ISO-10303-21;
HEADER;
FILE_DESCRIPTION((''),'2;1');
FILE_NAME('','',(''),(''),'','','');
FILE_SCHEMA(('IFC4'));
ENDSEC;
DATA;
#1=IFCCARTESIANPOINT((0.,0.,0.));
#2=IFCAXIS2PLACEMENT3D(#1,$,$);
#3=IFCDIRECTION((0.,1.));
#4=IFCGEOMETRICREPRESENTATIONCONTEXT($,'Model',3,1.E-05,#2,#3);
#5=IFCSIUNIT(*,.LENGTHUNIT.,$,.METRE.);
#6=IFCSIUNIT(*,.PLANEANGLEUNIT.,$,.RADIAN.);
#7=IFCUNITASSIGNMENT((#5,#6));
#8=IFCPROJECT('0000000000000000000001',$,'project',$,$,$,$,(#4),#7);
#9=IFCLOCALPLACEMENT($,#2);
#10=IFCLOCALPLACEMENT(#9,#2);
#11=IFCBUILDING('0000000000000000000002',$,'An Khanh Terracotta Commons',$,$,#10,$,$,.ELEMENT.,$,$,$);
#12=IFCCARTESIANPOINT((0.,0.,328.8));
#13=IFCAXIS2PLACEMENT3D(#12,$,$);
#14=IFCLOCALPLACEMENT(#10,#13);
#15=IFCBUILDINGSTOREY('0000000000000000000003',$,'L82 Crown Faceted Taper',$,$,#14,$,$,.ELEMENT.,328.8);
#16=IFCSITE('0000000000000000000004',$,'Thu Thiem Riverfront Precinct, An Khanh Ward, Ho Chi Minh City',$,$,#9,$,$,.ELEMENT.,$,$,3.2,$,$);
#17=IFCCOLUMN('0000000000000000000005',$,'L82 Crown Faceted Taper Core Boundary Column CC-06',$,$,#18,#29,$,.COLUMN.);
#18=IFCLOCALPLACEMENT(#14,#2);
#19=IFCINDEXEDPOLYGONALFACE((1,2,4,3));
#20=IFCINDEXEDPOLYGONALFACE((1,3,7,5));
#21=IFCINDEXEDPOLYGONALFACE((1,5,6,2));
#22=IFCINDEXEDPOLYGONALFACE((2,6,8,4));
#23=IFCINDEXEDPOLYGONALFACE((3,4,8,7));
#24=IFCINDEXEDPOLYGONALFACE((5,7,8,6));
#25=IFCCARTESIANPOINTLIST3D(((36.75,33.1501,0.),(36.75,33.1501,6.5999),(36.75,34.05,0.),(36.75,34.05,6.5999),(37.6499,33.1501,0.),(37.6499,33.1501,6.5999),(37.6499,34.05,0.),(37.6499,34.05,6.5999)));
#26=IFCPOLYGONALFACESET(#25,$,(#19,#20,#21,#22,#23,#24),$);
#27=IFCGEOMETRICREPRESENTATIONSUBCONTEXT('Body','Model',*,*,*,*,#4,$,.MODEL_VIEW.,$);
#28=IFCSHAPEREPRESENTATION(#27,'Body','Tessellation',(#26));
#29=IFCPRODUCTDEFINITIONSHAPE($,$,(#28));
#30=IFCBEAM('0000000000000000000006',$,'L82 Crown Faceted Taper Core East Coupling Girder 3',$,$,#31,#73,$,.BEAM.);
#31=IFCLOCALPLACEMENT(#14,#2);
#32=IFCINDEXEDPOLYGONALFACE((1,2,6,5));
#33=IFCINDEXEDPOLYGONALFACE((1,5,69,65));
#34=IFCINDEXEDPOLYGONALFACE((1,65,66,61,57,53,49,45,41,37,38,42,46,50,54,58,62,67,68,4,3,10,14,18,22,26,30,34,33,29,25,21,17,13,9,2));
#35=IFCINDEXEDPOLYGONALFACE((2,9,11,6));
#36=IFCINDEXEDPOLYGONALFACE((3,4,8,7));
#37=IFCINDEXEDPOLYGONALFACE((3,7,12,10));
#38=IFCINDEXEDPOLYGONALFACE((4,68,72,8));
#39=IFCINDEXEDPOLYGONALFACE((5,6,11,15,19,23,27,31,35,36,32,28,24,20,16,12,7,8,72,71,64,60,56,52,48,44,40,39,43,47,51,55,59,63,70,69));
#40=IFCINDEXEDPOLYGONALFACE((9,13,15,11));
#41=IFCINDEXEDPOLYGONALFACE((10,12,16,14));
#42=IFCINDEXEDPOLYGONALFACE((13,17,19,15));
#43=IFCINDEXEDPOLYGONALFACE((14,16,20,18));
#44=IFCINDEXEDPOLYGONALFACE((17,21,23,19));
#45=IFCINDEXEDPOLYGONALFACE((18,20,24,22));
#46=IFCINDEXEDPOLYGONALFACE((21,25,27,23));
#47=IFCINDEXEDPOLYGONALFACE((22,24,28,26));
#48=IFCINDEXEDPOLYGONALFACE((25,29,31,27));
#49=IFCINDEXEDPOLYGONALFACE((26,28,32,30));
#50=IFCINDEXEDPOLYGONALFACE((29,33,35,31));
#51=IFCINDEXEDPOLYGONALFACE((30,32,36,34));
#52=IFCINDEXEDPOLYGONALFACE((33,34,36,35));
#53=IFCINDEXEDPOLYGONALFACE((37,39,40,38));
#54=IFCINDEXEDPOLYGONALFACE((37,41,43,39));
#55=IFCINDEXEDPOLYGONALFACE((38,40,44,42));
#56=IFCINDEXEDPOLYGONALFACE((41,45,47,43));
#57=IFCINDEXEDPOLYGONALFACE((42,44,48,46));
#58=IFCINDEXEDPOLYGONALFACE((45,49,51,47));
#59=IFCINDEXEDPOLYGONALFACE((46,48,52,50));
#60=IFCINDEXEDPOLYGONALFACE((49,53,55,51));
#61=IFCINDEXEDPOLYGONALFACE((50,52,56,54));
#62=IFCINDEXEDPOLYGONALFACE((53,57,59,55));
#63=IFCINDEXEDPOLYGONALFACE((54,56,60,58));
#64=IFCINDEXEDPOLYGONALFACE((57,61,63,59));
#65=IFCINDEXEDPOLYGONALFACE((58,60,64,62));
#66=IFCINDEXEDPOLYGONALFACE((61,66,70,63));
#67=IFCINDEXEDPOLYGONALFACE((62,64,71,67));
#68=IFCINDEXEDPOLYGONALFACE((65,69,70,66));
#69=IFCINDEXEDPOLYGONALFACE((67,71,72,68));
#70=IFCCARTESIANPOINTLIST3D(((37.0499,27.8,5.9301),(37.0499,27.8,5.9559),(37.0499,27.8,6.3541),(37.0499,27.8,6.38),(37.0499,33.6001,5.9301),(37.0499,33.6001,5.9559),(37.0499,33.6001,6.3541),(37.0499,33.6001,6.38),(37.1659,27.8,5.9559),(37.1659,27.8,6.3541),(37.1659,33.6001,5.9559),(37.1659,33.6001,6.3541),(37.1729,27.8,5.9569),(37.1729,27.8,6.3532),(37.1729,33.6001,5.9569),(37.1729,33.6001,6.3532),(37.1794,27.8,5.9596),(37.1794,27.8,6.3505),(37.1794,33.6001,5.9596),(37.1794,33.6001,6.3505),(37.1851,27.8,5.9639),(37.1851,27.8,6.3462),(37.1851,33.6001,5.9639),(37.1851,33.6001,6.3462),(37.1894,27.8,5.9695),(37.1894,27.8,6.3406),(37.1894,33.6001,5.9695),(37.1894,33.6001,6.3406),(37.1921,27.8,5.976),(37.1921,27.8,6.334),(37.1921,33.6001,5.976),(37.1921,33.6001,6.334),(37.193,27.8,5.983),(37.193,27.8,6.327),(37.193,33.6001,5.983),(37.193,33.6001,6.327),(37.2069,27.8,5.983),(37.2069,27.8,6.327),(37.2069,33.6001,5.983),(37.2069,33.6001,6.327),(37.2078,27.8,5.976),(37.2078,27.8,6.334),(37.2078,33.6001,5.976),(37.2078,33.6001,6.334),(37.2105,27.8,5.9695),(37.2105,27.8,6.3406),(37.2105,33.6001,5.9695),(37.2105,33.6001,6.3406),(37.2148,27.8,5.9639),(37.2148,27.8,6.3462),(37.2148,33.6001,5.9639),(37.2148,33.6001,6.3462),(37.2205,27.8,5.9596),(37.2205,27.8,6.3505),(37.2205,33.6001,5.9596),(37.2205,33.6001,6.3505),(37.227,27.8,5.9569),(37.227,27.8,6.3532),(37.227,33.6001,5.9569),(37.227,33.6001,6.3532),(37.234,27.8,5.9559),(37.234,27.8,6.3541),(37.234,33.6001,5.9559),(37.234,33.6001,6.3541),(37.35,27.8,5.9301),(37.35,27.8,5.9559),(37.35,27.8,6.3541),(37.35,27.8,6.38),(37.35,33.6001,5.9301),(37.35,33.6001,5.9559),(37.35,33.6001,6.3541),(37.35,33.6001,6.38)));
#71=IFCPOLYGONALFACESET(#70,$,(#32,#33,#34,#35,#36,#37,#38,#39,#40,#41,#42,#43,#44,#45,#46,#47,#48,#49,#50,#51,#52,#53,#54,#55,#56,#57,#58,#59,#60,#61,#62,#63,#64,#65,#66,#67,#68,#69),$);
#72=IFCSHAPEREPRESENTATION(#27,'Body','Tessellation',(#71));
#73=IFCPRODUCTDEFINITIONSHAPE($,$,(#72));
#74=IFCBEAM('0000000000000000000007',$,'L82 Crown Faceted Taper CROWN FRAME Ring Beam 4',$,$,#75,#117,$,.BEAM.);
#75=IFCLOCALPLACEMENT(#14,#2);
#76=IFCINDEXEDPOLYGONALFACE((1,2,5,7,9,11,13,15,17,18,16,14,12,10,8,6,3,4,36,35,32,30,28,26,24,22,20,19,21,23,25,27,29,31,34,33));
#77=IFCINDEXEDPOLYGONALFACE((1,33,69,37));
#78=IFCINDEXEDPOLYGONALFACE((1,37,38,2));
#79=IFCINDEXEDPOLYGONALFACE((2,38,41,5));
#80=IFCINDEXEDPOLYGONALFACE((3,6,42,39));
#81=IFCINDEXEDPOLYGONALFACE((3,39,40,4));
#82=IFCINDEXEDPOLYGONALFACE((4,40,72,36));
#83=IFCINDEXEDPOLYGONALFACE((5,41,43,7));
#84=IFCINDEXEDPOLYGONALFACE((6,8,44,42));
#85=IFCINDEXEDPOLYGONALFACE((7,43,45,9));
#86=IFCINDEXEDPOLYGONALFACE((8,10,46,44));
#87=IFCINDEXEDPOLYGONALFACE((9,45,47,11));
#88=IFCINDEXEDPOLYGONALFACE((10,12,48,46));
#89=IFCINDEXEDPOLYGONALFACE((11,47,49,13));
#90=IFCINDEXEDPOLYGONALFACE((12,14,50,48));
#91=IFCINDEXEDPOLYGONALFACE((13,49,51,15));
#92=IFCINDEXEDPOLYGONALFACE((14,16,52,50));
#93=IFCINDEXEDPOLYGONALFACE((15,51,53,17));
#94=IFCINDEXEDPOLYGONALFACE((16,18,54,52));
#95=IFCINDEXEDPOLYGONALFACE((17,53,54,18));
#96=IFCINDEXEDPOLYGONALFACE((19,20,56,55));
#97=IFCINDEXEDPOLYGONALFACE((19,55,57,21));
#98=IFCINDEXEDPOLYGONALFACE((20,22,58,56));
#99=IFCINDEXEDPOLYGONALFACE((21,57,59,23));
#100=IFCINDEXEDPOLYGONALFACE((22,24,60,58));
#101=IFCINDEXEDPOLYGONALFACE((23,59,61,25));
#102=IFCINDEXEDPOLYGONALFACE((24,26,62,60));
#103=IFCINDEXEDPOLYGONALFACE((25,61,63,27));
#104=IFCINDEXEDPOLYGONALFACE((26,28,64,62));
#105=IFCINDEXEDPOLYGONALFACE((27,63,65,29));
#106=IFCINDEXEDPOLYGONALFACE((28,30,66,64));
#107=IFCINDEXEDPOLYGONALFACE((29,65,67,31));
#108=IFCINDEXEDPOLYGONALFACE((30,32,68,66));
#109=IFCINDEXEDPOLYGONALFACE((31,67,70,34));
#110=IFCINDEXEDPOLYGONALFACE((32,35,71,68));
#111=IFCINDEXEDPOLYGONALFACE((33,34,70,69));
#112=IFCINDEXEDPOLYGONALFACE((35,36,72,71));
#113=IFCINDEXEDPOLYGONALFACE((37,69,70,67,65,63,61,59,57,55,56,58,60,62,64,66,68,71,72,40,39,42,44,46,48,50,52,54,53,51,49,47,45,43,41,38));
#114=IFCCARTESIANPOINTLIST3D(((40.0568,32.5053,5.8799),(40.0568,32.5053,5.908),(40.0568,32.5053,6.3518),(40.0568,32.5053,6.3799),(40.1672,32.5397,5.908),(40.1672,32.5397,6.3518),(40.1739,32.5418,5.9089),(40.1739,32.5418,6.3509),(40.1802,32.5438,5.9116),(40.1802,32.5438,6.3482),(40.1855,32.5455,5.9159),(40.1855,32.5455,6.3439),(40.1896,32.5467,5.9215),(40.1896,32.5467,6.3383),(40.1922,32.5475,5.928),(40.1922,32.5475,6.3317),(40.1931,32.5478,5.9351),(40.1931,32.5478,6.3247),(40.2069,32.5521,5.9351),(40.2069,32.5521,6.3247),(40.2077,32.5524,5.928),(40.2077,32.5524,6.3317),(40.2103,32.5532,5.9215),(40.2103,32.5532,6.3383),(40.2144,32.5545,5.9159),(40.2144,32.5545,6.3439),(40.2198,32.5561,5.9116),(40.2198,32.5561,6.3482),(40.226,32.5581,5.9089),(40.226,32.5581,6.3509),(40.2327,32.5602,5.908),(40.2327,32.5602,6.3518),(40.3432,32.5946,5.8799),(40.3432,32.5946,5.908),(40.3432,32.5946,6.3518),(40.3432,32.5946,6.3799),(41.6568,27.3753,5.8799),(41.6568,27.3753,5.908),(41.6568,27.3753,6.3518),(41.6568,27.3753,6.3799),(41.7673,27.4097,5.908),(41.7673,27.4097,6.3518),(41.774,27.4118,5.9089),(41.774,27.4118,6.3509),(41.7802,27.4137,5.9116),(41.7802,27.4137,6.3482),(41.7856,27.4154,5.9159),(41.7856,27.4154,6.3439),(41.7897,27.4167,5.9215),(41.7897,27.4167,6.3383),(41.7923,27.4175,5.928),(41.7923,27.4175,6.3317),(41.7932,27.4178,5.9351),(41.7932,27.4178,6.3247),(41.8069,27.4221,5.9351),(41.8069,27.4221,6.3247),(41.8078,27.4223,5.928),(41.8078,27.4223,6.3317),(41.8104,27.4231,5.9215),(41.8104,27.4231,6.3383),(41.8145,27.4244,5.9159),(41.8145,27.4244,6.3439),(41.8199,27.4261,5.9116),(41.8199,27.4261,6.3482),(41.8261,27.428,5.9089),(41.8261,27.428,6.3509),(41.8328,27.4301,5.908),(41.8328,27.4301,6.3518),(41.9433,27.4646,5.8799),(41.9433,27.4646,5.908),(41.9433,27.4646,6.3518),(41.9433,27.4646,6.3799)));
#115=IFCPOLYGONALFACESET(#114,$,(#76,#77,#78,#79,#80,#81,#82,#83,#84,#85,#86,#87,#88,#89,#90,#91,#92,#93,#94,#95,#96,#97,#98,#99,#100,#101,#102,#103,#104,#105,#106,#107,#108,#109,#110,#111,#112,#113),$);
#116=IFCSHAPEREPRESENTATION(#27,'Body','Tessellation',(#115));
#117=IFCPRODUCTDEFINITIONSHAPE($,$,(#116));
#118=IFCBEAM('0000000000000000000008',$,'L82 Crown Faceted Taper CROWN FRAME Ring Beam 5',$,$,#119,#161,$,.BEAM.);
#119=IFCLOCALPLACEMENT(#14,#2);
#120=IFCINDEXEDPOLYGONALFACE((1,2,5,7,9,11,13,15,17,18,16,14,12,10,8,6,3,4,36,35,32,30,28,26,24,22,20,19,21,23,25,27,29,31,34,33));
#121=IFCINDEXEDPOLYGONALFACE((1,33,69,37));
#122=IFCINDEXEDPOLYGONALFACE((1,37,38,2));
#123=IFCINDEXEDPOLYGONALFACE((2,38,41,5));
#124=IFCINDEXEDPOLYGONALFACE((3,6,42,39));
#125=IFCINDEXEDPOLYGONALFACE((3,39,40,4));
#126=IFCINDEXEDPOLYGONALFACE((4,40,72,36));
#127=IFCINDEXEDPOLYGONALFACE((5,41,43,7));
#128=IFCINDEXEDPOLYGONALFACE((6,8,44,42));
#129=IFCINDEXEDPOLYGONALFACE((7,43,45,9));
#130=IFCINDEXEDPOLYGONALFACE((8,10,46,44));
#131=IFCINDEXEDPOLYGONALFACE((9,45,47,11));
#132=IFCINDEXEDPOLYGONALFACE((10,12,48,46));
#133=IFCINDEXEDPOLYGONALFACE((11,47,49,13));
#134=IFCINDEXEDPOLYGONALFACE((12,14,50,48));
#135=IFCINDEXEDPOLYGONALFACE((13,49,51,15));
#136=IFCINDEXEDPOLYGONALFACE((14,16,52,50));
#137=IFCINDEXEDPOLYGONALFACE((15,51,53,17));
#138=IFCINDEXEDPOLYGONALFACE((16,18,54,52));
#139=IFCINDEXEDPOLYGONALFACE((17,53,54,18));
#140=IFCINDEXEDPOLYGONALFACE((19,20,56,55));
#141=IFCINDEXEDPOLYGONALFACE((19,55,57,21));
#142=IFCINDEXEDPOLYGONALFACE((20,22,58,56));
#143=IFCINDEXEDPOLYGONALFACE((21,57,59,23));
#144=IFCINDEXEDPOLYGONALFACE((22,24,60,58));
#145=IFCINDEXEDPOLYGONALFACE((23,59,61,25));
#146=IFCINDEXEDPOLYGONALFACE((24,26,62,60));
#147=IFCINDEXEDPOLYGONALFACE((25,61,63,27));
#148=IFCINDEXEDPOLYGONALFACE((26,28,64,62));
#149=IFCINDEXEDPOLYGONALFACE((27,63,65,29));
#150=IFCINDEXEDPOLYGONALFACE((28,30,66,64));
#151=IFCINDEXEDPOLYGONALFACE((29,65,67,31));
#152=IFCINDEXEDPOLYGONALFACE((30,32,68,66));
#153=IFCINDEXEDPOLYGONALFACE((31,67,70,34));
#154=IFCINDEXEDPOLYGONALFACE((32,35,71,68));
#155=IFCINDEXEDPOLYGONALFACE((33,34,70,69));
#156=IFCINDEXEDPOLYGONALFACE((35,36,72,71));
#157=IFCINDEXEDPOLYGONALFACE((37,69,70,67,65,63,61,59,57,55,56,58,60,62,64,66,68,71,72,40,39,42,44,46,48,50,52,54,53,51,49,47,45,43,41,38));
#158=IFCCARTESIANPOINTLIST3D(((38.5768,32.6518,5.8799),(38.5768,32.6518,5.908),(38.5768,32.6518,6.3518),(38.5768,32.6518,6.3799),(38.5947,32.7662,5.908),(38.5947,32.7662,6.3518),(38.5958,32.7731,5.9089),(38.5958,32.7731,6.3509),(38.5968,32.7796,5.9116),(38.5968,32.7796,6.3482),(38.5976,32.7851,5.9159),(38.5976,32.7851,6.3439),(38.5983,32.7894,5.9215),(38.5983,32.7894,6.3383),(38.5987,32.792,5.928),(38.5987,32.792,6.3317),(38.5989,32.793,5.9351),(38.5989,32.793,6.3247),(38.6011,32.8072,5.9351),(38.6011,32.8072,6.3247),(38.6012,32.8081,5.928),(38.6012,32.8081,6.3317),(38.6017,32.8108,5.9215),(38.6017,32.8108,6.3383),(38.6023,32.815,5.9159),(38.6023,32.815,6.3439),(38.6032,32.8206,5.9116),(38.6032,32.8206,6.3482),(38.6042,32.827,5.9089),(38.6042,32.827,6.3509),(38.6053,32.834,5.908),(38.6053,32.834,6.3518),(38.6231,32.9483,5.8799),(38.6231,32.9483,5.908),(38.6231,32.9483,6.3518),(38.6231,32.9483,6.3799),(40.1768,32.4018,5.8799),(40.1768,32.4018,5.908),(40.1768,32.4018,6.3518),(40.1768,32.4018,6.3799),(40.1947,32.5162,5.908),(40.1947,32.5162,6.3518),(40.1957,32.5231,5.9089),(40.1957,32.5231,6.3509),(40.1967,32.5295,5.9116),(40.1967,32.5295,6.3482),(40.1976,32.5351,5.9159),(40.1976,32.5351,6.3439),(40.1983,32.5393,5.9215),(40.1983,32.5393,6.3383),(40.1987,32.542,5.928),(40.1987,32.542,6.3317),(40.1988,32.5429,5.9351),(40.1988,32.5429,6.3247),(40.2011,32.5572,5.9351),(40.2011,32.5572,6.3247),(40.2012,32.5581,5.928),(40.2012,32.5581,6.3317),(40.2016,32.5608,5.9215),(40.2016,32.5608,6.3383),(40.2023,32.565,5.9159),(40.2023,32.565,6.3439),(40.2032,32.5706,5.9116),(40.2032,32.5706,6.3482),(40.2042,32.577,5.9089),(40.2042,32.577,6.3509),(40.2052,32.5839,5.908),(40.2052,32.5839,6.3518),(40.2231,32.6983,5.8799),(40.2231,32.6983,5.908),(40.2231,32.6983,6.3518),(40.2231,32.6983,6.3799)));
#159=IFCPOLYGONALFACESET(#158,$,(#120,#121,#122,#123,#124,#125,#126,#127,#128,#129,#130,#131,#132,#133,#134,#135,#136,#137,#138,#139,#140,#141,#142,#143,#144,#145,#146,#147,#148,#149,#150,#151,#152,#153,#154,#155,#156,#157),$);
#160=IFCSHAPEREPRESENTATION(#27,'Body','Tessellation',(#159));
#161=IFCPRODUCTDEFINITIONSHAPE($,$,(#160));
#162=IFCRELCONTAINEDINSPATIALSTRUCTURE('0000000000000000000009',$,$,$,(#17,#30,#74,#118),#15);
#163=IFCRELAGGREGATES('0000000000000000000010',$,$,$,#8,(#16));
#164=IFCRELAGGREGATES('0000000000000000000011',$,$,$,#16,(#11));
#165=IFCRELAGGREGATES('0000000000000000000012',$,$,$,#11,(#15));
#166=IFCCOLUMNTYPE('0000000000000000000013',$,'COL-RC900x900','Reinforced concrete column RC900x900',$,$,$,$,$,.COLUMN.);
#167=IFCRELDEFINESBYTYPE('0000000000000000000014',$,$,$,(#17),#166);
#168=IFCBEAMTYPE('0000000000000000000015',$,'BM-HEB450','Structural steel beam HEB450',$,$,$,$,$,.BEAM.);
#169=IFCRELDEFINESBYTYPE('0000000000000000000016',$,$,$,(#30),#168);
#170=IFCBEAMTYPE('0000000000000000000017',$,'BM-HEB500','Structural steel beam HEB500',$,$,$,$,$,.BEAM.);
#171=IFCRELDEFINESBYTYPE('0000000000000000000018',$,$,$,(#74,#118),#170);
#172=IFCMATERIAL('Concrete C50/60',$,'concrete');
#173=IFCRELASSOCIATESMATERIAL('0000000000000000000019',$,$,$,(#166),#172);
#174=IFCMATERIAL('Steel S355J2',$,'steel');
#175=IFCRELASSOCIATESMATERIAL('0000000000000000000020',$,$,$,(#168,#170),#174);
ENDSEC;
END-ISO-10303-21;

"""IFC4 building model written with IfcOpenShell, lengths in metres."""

from ifc_helpers import new_model, si_unit, direction, frame, origin, origin_2d, place, context, subcontext, project, spatial, rectangle, i_section, extrude, material, material_profile, profile_set, type_object, element, save


model = new_model("IFC4")

# Units and contexts
model_context = context("Model", 3, precision=1e-05, world=origin(), true_north=direction((0.0, 1.0)))
body_context = subcontext(model_context, "Body", "Model", "MODEL_VIEW")
ifc_project = project(units=[si_unit("LENGTHUNIT", "METRE"), si_unit("PLANEANGLEUNIT", "RADIAN")], contexts=[model_context])

# Site, building, storey
site_placement = place(None, origin())
site = spatial("IfcSite", under=ifc_project, at=site_placement, Name="Thu Thiem Riverfront Precinct, An Khanh Ward, Ho Chi Minh City", CompositionType="ELEMENT", RefElevation=3.2)
building_placement = place(site_placement, origin())
building = spatial("IfcBuilding", under=site, at=building_placement, Name="An Khanh Terracotta Commons", CompositionType="ELEMENT")
storey_placement = place(building_placement, frame((0.0, 0.0, 328.8)))
storey = spatial("IfcBuildingStorey", under=building, at=storey_placement, Name="L82 Crown Faceted Taper", CompositionType="ELEMENT", Elevation=328.8)

# Column
ifc_material_1 = material(Name="Concrete C50/60", Category="concrete")
ifc_material_profile_1 = material_profile(ifc_material_1, rectangle(XDim=0.8999, YDim=0.8999, at=origin_2d()), Name="RC900x900")
ifc_profile_set_1 = profile_set([ifc_material_profile_1], Name="Concrete C50/60")
column_type = type_object("IfcColumnType", Name="COL-RC900x900", Description="Reinforced concrete column RC900x900", PredefinedType="COLUMN", material=ifc_profile_set_1)
column_placement = place(storey_placement, frame((37.2, 33.6001, 0.0), z_axis=(0.0, 0.0, 1.0), x_axis=(1.0, 0.0, 0.0)))
element("IfcColumn", 1, at=column_placement, inside=storey, type_object=column_type, Name="L82 Crown Faceted Taper Core Boundary Column CC-06", PredefinedType="COLUMN", context=body_context, shape_type="SweptSolid", body=[
    extrude(rectangle(XDim=0.8999, YDim=0.8999, at=origin_2d()), origin(), (0.0, 0.0, 1.0), 6.5999),
])

# Beams
ifc_material_2 = material(Name="Steel S355J2", Category="steel")
ifc_material_profile_2 = material_profile(ifc_material_2, i_section(OverallWidth=0.3, OverallDepth=0.45, WebThickness=0.0139, FlangeThickness=0.0259, FilletRadius=0.0271, at=origin_2d()), Name="HEB450")
ifc_profile_set_2 = profile_set([ifc_material_profile_2], Name="Steel S355J2")
beam_type_1 = type_object("IfcBeamType", Name="BM-HEB450", Description="Structural steel beam HEB450", PredefinedType="BEAM", material=ifc_profile_set_2)
beam_1_placement = place(storey_placement, frame((37.2, 27.8, 6.155), z_axis=(0.0, 1.0, 0.0), x_axis=(-1.0, 0.0, 0.0)))
element("IfcBeam", 2, at=beam_1_placement, inside=storey, type_object=beam_type_1, Name="L82 Crown Faceted Taper Core East Coupling Girder 3", PredefinedType="BEAM", context=body_context, shape_type="SweptSolid", body=[
    extrude(i_section(OverallWidth=0.3, OverallDepth=0.45, WebThickness=0.0139, FlangeThickness=0.0259, FilletRadius=0.0271, at=origin_2d()), origin(), (0.0, 0.0, 1.0), 5.8),
])
ifc_material_profile_3 = material_profile(ifc_material_2, i_section(OverallWidth=0.3, OverallDepth=0.5, WebThickness=0.0144, FlangeThickness=0.0281, FilletRadius=0.0271, at=origin_2d()), Name="HEB500")
ifc_profile_set_3 = profile_set([ifc_material_profile_3], Name="Steel S355J2")
beam_type_2 = type_object("IfcBeamType", Name="BM-HEB500", Description="Structural steel beam HEB500", PredefinedType="BEAM", material=ifc_profile_set_3)
beam_2_placement = place(storey_placement, frame((41.8, 27.4199, 6.1299), z_axis=(-0.297755, 0.954642, 0.0), x_axis=(-0.954642, -0.297755, 0.0)))
element("IfcBeam", 3, at=beam_2_placement, inside=storey, type_object=beam_type_2, Name="L82 Crown Faceted Taper CROWN FRAME Ring Beam 4", PredefinedType="BEAM", context=body_context, shape_type="SweptSolid", body=[
    extrude(i_section(OverallWidth=0.3, OverallDepth=0.5, WebThickness=0.0144, FlangeThickness=0.0281, FilletRadius=0.0271, at=origin_2d()), origin(), (0.0, 0.0, 1.0), 5.3738),
])
beam_3_placement = place(storey_placement, frame((40.2, 32.55, 6.1299), z_axis=(-0.98801, 0.154391, 0.0), x_axis=(-0.154391, -0.98801, 0.0)))
element("IfcBeam", 4, at=beam_3_placement, inside=storey, type_object=beam_type_2, Name="L82 Crown Faceted Taper CROWN FRAME Ring Beam 5", PredefinedType="BEAM", context=body_context, shape_type="SweptSolid", body=[
    extrude(i_section(OverallWidth=0.3, OverallDepth=0.5, WebThickness=0.0144, FlangeThickness=0.0281, FilletRadius=0.0271, at=origin_2d()), origin(), (0.0, 0.0, 1.0), 1.6194),
])

save(model, "model.ifc")
